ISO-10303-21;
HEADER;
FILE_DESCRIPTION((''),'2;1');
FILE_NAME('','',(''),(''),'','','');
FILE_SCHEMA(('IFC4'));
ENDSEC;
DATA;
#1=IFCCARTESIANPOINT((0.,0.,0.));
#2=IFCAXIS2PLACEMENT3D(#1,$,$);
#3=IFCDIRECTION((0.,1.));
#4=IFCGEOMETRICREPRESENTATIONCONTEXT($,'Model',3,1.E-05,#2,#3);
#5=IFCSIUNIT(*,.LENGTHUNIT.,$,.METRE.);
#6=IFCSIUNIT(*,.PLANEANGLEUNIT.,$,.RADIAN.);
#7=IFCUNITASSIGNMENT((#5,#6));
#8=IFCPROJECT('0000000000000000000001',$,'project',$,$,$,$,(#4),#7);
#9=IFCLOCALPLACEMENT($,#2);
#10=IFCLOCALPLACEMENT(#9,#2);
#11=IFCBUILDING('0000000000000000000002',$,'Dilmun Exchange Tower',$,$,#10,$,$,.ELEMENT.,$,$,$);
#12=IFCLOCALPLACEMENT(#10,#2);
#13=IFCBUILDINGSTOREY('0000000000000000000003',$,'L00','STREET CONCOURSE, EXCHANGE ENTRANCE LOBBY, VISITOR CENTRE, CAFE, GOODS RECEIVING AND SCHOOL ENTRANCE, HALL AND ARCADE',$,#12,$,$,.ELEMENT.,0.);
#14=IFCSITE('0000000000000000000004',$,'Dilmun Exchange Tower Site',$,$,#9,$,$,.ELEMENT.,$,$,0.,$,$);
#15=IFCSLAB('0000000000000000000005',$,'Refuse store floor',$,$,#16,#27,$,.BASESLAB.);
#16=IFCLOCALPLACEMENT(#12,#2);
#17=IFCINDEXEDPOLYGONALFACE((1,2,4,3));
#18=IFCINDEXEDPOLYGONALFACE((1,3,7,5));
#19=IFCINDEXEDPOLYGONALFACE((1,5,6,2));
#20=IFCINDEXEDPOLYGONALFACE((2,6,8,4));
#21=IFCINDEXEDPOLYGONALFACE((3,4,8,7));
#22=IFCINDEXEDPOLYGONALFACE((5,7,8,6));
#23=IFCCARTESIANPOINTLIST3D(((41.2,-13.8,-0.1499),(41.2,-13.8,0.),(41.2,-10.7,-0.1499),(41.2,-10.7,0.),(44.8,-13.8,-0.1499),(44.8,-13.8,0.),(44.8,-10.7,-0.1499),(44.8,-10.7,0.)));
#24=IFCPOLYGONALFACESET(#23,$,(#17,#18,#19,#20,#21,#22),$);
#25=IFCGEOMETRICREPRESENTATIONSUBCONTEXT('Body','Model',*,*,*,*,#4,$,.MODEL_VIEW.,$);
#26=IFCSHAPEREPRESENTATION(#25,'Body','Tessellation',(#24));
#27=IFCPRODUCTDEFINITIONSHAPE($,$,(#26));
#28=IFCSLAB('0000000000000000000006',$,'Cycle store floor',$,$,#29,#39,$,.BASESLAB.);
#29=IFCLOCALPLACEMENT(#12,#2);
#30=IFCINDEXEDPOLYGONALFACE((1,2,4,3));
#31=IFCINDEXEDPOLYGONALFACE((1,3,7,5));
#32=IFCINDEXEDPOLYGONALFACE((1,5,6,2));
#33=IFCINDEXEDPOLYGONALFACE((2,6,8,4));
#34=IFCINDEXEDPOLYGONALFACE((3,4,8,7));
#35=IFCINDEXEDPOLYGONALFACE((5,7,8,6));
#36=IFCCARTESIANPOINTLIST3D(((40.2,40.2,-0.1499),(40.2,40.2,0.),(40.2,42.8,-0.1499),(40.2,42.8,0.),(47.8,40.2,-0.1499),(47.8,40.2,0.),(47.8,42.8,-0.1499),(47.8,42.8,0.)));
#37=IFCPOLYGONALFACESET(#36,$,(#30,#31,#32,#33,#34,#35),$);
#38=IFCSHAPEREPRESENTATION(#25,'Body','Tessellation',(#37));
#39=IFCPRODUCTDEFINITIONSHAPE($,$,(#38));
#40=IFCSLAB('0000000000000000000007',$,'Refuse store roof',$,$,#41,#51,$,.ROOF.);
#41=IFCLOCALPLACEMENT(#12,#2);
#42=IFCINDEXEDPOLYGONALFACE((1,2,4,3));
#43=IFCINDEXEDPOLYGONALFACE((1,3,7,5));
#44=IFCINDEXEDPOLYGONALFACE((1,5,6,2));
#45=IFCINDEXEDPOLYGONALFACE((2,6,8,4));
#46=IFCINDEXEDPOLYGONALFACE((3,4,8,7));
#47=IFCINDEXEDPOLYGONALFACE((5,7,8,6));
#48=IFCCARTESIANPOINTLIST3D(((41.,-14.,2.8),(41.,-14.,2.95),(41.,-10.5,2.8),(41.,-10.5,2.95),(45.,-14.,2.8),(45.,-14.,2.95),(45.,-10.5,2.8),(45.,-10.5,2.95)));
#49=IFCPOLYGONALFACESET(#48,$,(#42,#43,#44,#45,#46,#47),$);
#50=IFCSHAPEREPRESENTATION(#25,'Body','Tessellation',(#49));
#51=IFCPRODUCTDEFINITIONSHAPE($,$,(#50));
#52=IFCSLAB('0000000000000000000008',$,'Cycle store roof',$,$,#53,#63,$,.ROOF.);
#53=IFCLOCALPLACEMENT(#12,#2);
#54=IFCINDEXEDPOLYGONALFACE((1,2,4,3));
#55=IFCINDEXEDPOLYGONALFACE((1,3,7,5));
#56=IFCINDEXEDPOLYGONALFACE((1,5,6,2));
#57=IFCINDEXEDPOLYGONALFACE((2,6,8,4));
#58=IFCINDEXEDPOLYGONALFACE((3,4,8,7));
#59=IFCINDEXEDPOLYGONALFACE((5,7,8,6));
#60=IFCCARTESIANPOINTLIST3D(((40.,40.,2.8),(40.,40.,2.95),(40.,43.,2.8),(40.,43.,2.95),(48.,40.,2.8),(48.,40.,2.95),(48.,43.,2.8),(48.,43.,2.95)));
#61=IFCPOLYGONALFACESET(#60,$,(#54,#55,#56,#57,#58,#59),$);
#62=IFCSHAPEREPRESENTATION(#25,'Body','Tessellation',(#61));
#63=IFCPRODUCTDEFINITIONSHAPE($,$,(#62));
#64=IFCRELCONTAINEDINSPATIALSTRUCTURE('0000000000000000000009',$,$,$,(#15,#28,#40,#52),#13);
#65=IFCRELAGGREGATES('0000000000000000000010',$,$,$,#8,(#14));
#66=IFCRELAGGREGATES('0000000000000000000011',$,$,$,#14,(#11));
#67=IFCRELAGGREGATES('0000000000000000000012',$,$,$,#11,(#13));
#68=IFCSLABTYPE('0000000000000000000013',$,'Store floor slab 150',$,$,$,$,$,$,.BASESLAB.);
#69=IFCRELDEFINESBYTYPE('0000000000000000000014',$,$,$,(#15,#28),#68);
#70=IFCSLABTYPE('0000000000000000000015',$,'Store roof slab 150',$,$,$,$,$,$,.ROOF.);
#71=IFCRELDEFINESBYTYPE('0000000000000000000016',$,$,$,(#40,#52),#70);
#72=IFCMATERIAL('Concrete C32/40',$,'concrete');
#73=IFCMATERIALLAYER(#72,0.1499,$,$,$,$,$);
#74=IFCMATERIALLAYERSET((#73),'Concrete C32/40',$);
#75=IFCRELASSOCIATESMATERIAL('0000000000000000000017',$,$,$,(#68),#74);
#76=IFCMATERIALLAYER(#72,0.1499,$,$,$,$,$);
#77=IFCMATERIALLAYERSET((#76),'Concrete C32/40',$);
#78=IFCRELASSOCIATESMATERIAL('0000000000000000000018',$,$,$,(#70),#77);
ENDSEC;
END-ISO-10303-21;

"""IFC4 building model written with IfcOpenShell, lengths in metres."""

from ifc_helpers import new_model, si_unit, direction, frame, origin, place, context, subcontext, project, spatial, polyline, outline, extrude, material, layer, layer_set, type_object, element, save


model = new_model("IFC4")

# Units and contexts
model_context = context("Model", 3, precision=1e-05, world=origin(), true_north=direction((0.0, 1.0)))
body_context = subcontext(model_context, "Body", "Model", "MODEL_VIEW")
ifc_project = project(units=[si_unit("LENGTHUNIT", "METRE"), si_unit("PLANEANGLEUNIT", "RADIAN")], contexts=[model_context])

# Site, building, storey
site_placement = place(None, origin())
site = spatial("IfcSite", under=ifc_project, at=site_placement, Name="Dilmun Exchange Tower Site", CompositionType="ELEMENT", RefElevation=0.0)
building_placement = place(site_placement, origin())
building = spatial("IfcBuilding", under=site, at=building_placement, Name="Dilmun Exchange Tower", CompositionType="ELEMENT")
storey_placement = place(building_placement, origin())
storey = spatial("IfcBuildingStorey", under=building, at=storey_placement, Name="L00", Description="STREET CONCOURSE, EXCHANGE ENTRANCE LOBBY, VISITOR CENTRE, CAFE, GOODS RECEIVING AND SCHOOL ENTRANCE, HALL AND ARCADE", CompositionType="ELEMENT", Elevation=0.0)

# Shared definitions
ifc_material_1 = material(Name="Concrete C32/40", Category="concrete")

# Slabs
ifc_layer_1 = layer(ifc_material_1, 0.1499)
ifc_layer_set_1 = layer_set([ifc_layer_1], Name="Concrete C32/40")
slab_type_1 = type_object("IfcSlabType", Name="Store floor slab 150", PredefinedType="BASESLAB", material=ifc_layer_set_1)
slab_1_placement = place(storey_placement, frame((0.0, 0.0, -0.1499)))
element("IfcSlab", 1, at=slab_1_placement, inside=storey, type_object=slab_type_1, Name="Refuse store floor", PredefinedType="BASESLAB", context=body_context, shape_type="SweptSolid", body=[
    extrude(outline(polyline([(41.2, -13.8), (41.2, -10.7), (44.8, -10.7), (44.8, -13.8), (41.2, -13.8)])), origin(), (0.0, 0.0, 1.0), 0.1499),
])
slab_2_placement = place(storey_placement, frame((0.0, 0.0, -0.1499)))
element("IfcSlab", 2, at=slab_2_placement, inside=storey, type_object=slab_type_1, Name="Cycle store floor", PredefinedType="BASESLAB", context=body_context, shape_type="SweptSolid", body=[
    extrude(outline(polyline([(40.2, 40.2), (40.2, 42.8), (47.8, 42.8), (47.8, 40.2), (40.2, 40.2)])), origin(), (0.0, 0.0, 1.0), 0.1499),
])
ifc_layer_2 = layer(ifc_material_1, 0.1499)
ifc_layer_set_2 = layer_set([ifc_layer_2], Name="Concrete C32/40")
slab_type_2 = type_object("IfcSlabType", Name="Store roof slab 150", PredefinedType="ROOF", material=ifc_layer_set_2)
slab_3_placement = place(storey_placement, frame((0.0, 0.0, 2.8)))
element("IfcSlab", 3, at=slab_3_placement, inside=storey, type_object=slab_type_2, Name="Refuse store roof", PredefinedType="ROOF", context=body_context, shape_type="SweptSolid", body=[
    extrude(outline(polyline([(41.0, -14.0), (41.0, -10.5), (45.0, -10.5), (45.0, -14.0), (41.0, -14.0)])), origin(), (0.0, 0.0, 1.0), 0.1499),
])
slab_4_placement = place(storey_placement, frame((0.0, 0.0, 2.8)))
element("IfcSlab", 4, at=slab_4_placement, inside=storey, type_object=slab_type_2, Name="Cycle store roof", PredefinedType="ROOF", context=body_context, shape_type="SweptSolid", body=[
    extrude(outline(polyline([(40.0, 40.0), (40.0, 43.0), (48.0, 43.0), (48.0, 40.0), (40.0, 40.0)])), origin(), (0.0, 0.0, 1.0), 0.1499),
])

save(model, "model.ifc")
